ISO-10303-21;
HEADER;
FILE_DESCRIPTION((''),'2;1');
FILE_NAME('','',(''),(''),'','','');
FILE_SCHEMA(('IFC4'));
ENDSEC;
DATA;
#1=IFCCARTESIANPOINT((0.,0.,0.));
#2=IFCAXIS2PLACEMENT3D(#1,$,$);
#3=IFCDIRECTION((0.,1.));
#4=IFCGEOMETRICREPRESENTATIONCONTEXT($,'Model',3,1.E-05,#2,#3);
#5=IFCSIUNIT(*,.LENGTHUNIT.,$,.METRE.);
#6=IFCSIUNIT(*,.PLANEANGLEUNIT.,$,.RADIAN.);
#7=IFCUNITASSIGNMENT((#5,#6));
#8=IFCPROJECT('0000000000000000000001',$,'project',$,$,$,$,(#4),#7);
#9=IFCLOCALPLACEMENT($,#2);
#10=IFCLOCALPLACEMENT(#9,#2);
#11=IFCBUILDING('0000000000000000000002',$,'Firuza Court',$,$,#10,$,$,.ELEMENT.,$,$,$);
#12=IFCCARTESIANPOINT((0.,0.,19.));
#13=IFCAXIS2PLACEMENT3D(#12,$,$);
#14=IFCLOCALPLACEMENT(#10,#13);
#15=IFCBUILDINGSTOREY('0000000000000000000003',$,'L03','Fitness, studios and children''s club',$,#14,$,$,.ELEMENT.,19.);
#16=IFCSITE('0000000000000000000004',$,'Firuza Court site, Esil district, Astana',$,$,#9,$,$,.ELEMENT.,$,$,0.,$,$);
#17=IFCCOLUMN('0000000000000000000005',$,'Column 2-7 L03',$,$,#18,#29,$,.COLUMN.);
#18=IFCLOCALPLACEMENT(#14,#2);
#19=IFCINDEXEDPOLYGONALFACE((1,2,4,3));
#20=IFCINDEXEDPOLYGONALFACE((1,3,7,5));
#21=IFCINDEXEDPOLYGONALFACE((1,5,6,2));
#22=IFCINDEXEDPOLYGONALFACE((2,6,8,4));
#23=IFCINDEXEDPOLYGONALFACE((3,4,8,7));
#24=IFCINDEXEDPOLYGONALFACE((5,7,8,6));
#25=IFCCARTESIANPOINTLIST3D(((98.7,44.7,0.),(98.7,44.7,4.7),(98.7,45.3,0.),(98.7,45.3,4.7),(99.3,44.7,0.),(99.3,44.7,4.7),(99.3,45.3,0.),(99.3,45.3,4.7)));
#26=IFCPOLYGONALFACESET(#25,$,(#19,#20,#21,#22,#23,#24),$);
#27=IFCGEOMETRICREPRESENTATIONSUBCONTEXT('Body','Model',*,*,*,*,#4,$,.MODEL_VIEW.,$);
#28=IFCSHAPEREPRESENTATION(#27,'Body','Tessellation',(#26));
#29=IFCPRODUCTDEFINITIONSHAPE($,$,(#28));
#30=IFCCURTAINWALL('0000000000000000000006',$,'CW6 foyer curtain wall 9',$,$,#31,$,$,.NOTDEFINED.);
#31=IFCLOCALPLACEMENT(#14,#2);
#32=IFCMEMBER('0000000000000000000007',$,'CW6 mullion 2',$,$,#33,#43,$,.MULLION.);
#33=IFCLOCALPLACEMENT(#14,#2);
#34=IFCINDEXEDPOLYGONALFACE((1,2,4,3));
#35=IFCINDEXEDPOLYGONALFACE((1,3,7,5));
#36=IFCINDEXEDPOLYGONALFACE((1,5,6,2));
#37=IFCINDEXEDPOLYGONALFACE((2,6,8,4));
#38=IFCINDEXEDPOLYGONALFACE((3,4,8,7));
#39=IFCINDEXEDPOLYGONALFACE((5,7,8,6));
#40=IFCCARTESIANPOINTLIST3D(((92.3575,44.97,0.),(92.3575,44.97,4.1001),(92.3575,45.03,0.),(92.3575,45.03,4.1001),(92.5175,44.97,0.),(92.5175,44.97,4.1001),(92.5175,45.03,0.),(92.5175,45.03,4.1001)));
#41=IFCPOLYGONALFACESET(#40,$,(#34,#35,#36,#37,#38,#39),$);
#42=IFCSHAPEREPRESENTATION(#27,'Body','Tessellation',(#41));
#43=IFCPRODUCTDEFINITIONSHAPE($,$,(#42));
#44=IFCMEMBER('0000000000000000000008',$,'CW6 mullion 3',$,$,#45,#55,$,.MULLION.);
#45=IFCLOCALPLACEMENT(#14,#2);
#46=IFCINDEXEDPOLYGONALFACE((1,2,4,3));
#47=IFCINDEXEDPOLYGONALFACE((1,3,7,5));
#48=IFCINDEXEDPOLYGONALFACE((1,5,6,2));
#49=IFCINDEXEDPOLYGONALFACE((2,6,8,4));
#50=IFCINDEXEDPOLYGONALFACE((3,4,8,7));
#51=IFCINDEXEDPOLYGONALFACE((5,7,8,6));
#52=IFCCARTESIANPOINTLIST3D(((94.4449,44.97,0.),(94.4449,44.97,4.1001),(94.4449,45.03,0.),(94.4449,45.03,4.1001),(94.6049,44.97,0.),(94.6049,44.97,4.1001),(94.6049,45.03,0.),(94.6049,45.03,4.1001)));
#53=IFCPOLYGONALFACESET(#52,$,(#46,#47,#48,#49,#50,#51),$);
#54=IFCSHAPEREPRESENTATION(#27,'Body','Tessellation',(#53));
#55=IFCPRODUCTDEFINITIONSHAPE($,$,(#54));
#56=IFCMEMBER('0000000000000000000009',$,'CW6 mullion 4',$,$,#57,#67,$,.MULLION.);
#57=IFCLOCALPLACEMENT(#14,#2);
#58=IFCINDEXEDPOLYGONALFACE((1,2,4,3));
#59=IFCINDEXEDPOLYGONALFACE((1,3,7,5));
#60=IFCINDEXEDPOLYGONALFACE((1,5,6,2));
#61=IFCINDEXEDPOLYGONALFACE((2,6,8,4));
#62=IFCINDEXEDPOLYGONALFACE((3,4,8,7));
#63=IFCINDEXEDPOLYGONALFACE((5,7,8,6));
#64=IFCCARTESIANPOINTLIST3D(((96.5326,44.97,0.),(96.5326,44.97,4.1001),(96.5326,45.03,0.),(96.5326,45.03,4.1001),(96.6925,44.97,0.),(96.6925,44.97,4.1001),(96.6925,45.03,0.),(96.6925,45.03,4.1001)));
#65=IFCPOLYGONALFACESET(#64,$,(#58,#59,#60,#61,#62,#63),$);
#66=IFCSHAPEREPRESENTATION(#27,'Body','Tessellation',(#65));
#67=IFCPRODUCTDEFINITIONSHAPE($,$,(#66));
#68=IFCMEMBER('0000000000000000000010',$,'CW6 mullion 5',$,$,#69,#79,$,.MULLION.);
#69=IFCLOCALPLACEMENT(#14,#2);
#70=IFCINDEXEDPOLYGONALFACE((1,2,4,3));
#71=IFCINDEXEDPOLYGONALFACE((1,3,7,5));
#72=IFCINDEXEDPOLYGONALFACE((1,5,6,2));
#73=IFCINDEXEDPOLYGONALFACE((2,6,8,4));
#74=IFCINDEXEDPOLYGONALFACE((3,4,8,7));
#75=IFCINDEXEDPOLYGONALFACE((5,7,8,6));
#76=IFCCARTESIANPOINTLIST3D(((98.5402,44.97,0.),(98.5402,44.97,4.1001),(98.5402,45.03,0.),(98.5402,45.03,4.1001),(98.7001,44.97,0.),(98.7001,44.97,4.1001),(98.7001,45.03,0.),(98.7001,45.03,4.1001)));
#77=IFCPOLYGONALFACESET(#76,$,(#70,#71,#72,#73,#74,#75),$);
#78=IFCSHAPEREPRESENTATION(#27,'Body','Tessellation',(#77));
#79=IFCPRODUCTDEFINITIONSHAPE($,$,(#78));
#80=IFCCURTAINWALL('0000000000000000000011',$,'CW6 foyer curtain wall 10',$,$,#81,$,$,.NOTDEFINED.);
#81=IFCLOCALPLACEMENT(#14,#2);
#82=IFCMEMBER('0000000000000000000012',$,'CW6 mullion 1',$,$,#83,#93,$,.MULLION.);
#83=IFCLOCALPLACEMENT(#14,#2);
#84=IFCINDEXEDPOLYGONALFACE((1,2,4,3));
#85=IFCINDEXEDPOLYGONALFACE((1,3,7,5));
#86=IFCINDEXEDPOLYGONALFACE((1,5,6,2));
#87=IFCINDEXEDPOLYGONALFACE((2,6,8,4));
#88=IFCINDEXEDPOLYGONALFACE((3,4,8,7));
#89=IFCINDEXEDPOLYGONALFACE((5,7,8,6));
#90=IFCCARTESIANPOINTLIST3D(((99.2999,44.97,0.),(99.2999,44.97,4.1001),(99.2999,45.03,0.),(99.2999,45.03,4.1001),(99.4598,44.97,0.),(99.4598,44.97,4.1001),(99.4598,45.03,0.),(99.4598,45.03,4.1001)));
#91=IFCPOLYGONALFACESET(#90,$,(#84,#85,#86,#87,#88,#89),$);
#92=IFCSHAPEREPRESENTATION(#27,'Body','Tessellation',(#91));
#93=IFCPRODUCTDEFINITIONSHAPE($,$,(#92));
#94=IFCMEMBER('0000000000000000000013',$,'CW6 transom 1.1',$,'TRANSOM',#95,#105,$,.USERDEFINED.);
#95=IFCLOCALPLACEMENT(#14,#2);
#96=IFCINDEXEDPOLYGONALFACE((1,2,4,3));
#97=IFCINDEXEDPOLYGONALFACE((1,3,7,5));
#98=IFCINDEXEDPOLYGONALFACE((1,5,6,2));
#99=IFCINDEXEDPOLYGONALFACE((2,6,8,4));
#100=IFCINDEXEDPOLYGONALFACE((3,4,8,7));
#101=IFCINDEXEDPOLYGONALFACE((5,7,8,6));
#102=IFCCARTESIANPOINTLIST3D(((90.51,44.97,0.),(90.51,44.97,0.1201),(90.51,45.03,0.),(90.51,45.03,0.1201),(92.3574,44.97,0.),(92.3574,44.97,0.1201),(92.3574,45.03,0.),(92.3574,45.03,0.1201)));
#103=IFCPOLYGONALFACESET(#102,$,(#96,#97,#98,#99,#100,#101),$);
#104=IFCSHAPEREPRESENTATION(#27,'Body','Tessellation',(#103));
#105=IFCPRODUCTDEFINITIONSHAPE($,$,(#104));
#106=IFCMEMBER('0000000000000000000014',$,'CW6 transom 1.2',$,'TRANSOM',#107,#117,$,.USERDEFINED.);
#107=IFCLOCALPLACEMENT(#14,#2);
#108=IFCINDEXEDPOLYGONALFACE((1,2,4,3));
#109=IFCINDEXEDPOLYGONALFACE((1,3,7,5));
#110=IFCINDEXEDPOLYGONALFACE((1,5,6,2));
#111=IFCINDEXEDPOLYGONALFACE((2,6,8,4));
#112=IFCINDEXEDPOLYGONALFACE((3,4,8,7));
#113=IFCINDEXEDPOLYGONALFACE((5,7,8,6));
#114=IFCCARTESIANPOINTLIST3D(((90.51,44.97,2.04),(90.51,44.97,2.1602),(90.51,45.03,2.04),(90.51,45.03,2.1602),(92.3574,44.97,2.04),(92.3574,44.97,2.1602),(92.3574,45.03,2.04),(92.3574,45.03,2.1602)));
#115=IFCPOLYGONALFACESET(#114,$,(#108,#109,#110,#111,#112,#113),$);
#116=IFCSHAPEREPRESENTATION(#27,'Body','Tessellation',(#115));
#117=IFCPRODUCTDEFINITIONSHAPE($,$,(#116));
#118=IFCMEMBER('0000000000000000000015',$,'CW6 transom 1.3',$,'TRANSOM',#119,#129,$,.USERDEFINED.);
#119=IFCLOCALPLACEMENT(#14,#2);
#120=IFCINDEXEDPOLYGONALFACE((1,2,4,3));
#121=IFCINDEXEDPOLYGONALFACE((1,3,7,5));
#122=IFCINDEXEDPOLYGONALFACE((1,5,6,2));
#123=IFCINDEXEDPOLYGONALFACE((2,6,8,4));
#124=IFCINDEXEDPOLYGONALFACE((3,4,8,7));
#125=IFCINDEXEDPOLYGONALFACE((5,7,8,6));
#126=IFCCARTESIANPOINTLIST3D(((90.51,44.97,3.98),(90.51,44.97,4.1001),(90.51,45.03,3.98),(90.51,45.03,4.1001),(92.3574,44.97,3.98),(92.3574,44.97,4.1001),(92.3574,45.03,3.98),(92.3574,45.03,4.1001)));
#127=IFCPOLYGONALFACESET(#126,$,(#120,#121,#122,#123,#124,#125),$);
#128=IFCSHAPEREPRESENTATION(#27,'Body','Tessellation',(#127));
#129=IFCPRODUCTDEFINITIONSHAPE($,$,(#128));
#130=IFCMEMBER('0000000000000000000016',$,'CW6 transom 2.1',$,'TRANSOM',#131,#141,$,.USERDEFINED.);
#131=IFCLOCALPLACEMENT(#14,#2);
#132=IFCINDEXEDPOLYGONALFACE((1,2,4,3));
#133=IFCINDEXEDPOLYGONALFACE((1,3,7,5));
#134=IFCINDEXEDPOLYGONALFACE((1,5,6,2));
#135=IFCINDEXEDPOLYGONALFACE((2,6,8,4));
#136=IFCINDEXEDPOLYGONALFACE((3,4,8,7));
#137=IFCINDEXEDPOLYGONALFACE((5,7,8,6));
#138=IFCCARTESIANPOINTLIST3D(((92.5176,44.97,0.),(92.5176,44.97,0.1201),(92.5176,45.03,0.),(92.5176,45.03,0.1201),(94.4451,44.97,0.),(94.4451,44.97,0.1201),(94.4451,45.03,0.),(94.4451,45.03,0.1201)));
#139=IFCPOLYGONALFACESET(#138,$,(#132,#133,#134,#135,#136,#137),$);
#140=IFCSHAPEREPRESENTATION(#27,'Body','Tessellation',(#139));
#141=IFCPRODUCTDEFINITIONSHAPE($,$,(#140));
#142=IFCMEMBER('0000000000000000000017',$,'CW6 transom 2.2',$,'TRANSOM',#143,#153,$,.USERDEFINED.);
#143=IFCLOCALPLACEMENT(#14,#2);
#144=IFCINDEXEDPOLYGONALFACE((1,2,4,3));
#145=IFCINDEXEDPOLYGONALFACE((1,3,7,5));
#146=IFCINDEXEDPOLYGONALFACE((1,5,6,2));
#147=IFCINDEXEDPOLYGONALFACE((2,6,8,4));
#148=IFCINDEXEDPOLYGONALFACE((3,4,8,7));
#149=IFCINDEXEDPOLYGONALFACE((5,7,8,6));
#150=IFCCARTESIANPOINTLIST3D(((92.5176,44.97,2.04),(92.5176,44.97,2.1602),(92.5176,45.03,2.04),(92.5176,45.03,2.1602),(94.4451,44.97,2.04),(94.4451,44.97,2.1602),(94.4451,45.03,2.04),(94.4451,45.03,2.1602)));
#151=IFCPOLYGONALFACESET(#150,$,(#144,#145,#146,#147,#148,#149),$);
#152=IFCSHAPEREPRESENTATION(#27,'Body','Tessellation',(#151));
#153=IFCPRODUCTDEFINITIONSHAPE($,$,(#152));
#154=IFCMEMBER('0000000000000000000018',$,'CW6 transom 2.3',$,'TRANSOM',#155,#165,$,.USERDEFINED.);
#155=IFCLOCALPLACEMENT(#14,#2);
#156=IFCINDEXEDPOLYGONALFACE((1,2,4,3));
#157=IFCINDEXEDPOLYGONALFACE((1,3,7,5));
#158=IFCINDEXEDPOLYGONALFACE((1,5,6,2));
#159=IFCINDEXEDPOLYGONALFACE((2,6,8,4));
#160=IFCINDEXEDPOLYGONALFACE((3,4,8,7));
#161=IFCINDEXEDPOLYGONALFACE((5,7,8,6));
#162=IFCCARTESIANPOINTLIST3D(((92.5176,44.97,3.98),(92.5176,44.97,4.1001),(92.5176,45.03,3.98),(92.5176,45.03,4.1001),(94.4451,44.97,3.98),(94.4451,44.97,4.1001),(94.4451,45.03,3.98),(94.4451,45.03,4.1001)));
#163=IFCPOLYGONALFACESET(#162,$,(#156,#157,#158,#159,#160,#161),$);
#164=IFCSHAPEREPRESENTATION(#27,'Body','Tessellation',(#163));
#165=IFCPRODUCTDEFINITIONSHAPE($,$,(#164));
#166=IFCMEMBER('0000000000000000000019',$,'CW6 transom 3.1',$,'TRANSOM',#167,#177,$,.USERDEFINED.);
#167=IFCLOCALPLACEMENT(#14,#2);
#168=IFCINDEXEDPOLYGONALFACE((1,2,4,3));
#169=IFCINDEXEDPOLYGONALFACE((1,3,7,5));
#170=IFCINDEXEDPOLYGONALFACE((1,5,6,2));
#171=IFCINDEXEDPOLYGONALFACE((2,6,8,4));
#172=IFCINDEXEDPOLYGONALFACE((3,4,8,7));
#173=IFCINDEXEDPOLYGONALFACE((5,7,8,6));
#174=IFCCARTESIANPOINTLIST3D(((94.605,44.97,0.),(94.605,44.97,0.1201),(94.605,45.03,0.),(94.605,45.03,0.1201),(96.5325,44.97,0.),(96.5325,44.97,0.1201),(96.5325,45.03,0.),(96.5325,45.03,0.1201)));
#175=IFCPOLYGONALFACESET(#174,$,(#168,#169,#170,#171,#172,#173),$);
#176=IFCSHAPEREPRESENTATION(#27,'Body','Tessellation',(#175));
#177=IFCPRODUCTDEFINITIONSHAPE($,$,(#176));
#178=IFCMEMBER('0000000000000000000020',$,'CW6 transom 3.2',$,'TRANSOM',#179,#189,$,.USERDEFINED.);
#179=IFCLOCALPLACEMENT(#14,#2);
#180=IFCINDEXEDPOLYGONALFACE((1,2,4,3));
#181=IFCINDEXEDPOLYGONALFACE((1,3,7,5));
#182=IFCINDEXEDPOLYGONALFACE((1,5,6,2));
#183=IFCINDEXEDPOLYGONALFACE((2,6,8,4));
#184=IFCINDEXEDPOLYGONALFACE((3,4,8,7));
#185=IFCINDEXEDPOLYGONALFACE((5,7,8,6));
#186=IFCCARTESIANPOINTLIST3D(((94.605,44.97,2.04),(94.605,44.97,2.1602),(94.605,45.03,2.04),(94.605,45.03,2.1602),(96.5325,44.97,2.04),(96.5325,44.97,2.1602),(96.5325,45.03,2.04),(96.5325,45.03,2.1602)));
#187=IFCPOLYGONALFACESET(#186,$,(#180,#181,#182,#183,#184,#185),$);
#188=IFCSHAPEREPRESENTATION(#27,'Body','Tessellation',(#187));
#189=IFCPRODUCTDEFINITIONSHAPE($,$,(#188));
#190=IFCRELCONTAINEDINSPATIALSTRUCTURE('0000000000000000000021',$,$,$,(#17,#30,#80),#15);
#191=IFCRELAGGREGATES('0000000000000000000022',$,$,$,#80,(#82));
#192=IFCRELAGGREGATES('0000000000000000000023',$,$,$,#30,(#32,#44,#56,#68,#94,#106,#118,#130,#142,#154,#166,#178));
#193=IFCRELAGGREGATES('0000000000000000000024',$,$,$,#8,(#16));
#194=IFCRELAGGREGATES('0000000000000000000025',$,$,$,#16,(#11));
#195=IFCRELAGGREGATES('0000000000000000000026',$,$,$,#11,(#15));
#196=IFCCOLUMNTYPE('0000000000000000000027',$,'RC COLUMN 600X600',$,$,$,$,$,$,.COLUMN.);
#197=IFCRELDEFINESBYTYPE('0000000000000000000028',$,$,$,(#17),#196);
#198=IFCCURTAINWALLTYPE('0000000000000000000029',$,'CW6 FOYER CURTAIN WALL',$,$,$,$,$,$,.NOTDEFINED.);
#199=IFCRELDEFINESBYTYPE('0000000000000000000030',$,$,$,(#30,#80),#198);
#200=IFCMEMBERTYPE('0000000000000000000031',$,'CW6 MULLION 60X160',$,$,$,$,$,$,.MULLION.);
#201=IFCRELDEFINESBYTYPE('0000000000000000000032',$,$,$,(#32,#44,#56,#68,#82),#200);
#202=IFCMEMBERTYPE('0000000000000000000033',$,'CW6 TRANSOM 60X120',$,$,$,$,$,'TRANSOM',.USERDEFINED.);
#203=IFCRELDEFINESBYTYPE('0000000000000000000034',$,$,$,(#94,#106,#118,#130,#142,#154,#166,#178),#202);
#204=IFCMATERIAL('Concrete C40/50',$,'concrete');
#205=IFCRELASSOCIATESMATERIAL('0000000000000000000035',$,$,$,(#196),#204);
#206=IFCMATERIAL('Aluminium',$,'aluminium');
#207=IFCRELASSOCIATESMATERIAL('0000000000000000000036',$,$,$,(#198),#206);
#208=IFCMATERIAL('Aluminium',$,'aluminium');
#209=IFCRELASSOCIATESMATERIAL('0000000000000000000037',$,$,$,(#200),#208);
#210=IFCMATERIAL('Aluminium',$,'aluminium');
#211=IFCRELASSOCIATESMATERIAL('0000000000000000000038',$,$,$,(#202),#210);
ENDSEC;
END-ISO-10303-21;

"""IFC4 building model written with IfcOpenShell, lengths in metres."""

from ifc_helpers import new_model, si_unit, direction, frame, origin, origin_2d, place, context, subcontext, project, spatial, rectangle, extrude, material, material_profile, profile_set, type_object, element, aggregate, save


model = new_model("IFC4")

# Units and contexts
model_context = context("Model", 3, precision=1e-05, world=origin(), true_north=direction((0.0, 1.0)))
body_context = subcontext(model_context, "Body", "Model", "MODEL_VIEW")
ifc_project = project(units=[si_unit("LENGTHUNIT", "METRE"), si_unit("PLANEANGLEUNIT", "RADIAN")], contexts=[model_context])

# Site, building, storey
site_placement = place(None, origin())
site = spatial("IfcSite", under=ifc_project, at=site_placement, Name="Firuza Court site, Esil district, Astana", CompositionType="ELEMENT", RefElevation=0.0)
building_placement = place(site_placement, origin())
building = spatial("IfcBuilding", under=site, at=building_placement, Name="Firuza Court", CompositionType="ELEMENT")
storey_placement = place(building_placement, frame((0.0, 0.0, 19.0)))
storey = spatial("IfcBuildingStorey", under=building, at=storey_placement, Name="L03", Description="Fitness, studios and children's club", CompositionType="ELEMENT", Elevation=19.0)

# Column
ifc_material_1 = material(Name="Concrete C40/50", Category="concrete")
ifc_material_profile_1 = material_profile(ifc_material_1, rectangle(XDim=0.6001, YDim=0.6001, at=origin_2d()), Name="RC 600X600")
ifc_profile_set_1 = profile_set([ifc_material_profile_1], Name="Concrete C40/50")
column_type = type_object("IfcColumnType", Name="RC COLUMN 600X600", PredefinedType="COLUMN", material=ifc_profile_set_1)
column_placement = place(storey_placement, frame((99.0, 45.0, 0.0), z_axis=(0.0, 0.0, 1.0), x_axis=(1.0, 0.0, 0.0)))
element("IfcColumn", 1, at=column_placement, inside=storey, type_object=column_type, Name="Column 2-7 L03", PredefinedType="COLUMN", context=body_context, shape_type="SweptSolid", body=[
    extrude(rectangle(XDim=0.6001, YDim=0.6001, at=origin_2d()), origin(), (0.0, 0.0, 1.0), 4.7),
])

# Curtain wall, members
ifc_material_2 = material(Name="Aluminium", Category="aluminium")
curtain_wall_type = type_object("IfcCurtainWallType", Name="CW6 FOYER CURTAIN WALL", PredefinedType="NOTDEFINED", material=ifc_material_2)
curtain_wall_1_placement = place(storey_placement, origin())
curtain_wall_1 = element("IfcCurtainWall", 2, at=curtain_wall_1_placement, inside=storey, type_object=curtain_wall_type, Name="CW6 foyer curtain wall 9", PredefinedType="NOTDEFINED")
ifc_material_3 = material(Name="Aluminium", Category="aluminium")
ifc_material_profile_2 = material_profile(ifc_material_3, rectangle(XDim=0.0601, YDim=0.1599, at=origin_2d()), Name="MULLION 60X160")
ifc_profile_set_2 = profile_set([ifc_material_profile_2], Name="Aluminium")
member_type_1 = type_object("IfcMemberType", Name="CW6 MULLION 60X160", PredefinedType="MULLION", material=ifc_profile_set_2)
member_1_placement = place(storey_placement, frame((92.4375, 45.0, 0.0), z_axis=(0.0, 0.0, 1.0), x_axis=(0.0, 1.0, 0.0)))
member_1 = element("IfcMember", 3, at=member_1_placement, type_object=member_type_1, Name="CW6 mullion 2", PredefinedType="MULLION", context=body_context, shape_type="SweptSolid", body=[
    extrude(rectangle(XDim=0.0601, YDim=0.1599, at=origin_2d()), origin(), (0.0, 0.0, 1.0), 4.1001),
])
member_2_placement = place(storey_placement, frame((94.5249, 45.0, 0.0), z_axis=(0.0, 0.0, 1.0), x_axis=(0.0, 1.0, 0.0)))
member_2 = element("IfcMember", 4, at=member_2_placement, type_object=member_type_1, Name="CW6 mullion 3", PredefinedType="MULLION", context=body_context, shape_type="SweptSolid", body=[
    extrude(rectangle(XDim=0.0601, YDim=0.1599, at=origin_2d()), origin(), (0.0, 0.0, 1.0), 4.1001),
])
member_3_placement = place(storey_placement, frame((96.6125, 45.0, 0.0), z_axis=(0.0, 0.0, 1.0), x_axis=(0.0, 1.0, 0.0)))
member_3 = element("IfcMember", 5, at=member_3_placement, type_object=member_type_1, Name="CW6 mullion 4", PredefinedType="MULLION", context=body_context, shape_type="SweptSolid", body=[
    extrude(rectangle(XDim=0.0601, YDim=0.1599, at=origin_2d()), origin(), (0.0, 0.0, 1.0), 4.1001),
])
member_4_placement = place(storey_placement, frame((98.6201, 45.0, 0.0), z_axis=(0.0, 0.0, 1.0), x_axis=(0.0, 1.0, 0.0)))
member_4 = element("IfcMember", 6, at=member_4_placement, type_object=member_type_1, Name="CW6 mullion 5", PredefinedType="MULLION", context=body_context, shape_type="SweptSolid", body=[
    extrude(rectangle(XDim=0.0601, YDim=0.1599, at=origin_2d()), origin(), (0.0, 0.0, 1.0), 4.1001),
])

# Curtain wall, member
curtain_wall_2_placement = place(storey_placement, origin())
curtain_wall_2 = element("IfcCurtainWall", 7, at=curtain_wall_2_placement, inside=storey, type_object=curtain_wall_type, Name="CW6 foyer curtain wall 10", PredefinedType="NOTDEFINED")
member_5_placement = place(storey_placement, frame((99.3799, 45.0, 0.0), z_axis=(0.0, 0.0, 1.0), x_axis=(0.0, 1.0, 0.0)))
member_5 = element("IfcMember", 8, at=member_5_placement, type_object=member_type_1, Name="CW6 mullion 1", PredefinedType="MULLION", context=body_context, shape_type="SweptSolid", body=[
    extrude(rectangle(XDim=0.0601, YDim=0.1599, at=origin_2d()), origin(), (0.0, 0.0, 1.0), 4.1001),
])
aggregate(curtain_wall_2, [member_5])

# Members
ifc_material_4 = material(Name="Aluminium", Category="aluminium")
ifc_material_profile_3 = material_profile(ifc_material_4, rectangle(XDim=0.0601, YDim=0.1201, at=origin_2d()), Name="TRANSOM 60X120")
ifc_profile_set_3 = profile_set([ifc_material_profile_3], Name="Aluminium")
member_type_2 = type_object("IfcMemberType", Name="CW6 TRANSOM 60X120", ElementType="TRANSOM", PredefinedType="USERDEFINED", material=ifc_profile_set_3)
member_6_placement = place(storey_placement, frame((90.51, 45.0, 0.0601), z_axis=(1.0, 0.0, 0.0), x_axis=(0.0, 1.0, 0.0)))
member_6 = element("IfcMember", 9, at=member_6_placement, type_object=member_type_2, Name="CW6 transom 1.1", ObjectType="TRANSOM", PredefinedType="USERDEFINED", context=body_context, shape_type="SweptSolid", body=[
    extrude(rectangle(XDim=0.0601, YDim=0.1201, at=origin_2d()), origin(), (0.0, 0.0, 1.0), 1.8474),
])
member_7_placement = place(storey_placement, frame((90.51, 45.0, 2.1001), z_axis=(1.0, 0.0, 0.0), x_axis=(0.0, 1.0, 0.0)))
member_7 = element("IfcMember", 10, at=member_7_placement, type_object=member_type_2, Name="CW6 transom 1.2", ObjectType="TRANSOM", PredefinedType="USERDEFINED", context=body_context, shape_type="SweptSolid", body=[
    extrude(rectangle(XDim=0.0601, YDim=0.1201, at=origin_2d()), origin(), (0.0, 0.0, 1.0), 1.8474),
])
member_8_placement = place(storey_placement, frame((90.51, 45.0, 4.04), z_axis=(1.0, 0.0, 0.0), x_axis=(0.0, 1.0, 0.0)))
member_8 = element("IfcMember", 11, at=member_8_placement, type_object=member_type_2, Name="CW6 transom 1.3", ObjectType="TRANSOM", PredefinedType="USERDEFINED", context=body_context, shape_type="SweptSolid", body=[
    extrude(rectangle(XDim=0.0601, YDim=0.1201, at=origin_2d()), origin(), (0.0, 0.0, 1.0), 1.8474),
])
member_9_placement = place(storey_placement, frame((92.5176, 45.0, 0.0601), z_axis=(1.0, 0.0, 0.0), x_axis=(0.0, 1.0, 0.0)))
member_9 = element("IfcMember", 12, at=member_9_placement, type_object=member_type_2, Name="CW6 transom 2.1", ObjectType="TRANSOM", PredefinedType="USERDEFINED", context=body_context, shape_type="SweptSolid", body=[
    extrude(rectangle(XDim=0.0601, YDim=0.1201, at=origin_2d()), origin(), (0.0, 0.0, 1.0), 1.9275),
])
member_10_placement = place(storey_placement, frame((92.5176, 45.0, 2.1001), z_axis=(1.0, 0.0, 0.0), x_axis=(0.0, 1.0, 0.0)))
member_10 = element("IfcMember", 13, at=member_10_placement, type_object=member_type_2, Name="CW6 transom 2.2", ObjectType="TRANSOM", PredefinedType="USERDEFINED", context=body_context, shape_type="SweptSolid", body=[
    extrude(rectangle(XDim=0.0601, YDim=0.1201, at=origin_2d()), origin(), (0.0, 0.0, 1.0), 1.9275),
])
member_11_placement = place(storey_placement, frame((92.5176, 45.0, 4.04), z_axis=(1.0, 0.0, 0.0), x_axis=(0.0, 1.0, 0.0)))
member_11 = element("IfcMember", 14, at=member_11_placement, type_object=member_type_2, Name="CW6 transom 2.3", ObjectType="TRANSOM", PredefinedType="USERDEFINED", context=body_context, shape_type="SweptSolid", body=[
    extrude(rectangle(XDim=0.0601, YDim=0.1201, at=origin_2d()), origin(), (0.0, 0.0, 1.0), 1.9275),
])
member_12_placement = place(storey_placement, frame((94.605, 45.0, 0.0601), z_axis=(1.0, 0.0, 0.0), x_axis=(0.0, 1.0, 0.0)))
member_12 = element("IfcMember", 15, at=member_12_placement, type_object=member_type_2, Name="CW6 transom 3.1", ObjectType="TRANSOM", PredefinedType="USERDEFINED", context=body_context, shape_type="SweptSolid", body=[
    extrude(rectangle(XDim=0.0601, YDim=0.1201, at=origin_2d()), origin(), (0.0, 0.0, 1.0), 1.9275),
])
member_13_placement = place(storey_placement, frame((94.605, 45.0, 2.1001), z_axis=(1.0, 0.0, 0.0), x_axis=(0.0, 1.0, 0.0)))
member_13 = element("IfcMember", 16, at=member_13_placement, type_object=member_type_2, Name="CW6 transom 3.2", ObjectType="TRANSOM", PredefinedType="USERDEFINED", context=body_context, shape_type="SweptSolid", body=[
    extrude(rectangle(XDim=0.0601, YDim=0.1201, at=origin_2d()), origin(), (0.0, 0.0, 1.0), 1.9275),
])

aggregate(curtain_wall_1, [member_1, member_2, member_3, member_4, member_6, member_7, member_8, member_9, member_10, member_11, member_12, member_13])

save(model, "model.ifc")
